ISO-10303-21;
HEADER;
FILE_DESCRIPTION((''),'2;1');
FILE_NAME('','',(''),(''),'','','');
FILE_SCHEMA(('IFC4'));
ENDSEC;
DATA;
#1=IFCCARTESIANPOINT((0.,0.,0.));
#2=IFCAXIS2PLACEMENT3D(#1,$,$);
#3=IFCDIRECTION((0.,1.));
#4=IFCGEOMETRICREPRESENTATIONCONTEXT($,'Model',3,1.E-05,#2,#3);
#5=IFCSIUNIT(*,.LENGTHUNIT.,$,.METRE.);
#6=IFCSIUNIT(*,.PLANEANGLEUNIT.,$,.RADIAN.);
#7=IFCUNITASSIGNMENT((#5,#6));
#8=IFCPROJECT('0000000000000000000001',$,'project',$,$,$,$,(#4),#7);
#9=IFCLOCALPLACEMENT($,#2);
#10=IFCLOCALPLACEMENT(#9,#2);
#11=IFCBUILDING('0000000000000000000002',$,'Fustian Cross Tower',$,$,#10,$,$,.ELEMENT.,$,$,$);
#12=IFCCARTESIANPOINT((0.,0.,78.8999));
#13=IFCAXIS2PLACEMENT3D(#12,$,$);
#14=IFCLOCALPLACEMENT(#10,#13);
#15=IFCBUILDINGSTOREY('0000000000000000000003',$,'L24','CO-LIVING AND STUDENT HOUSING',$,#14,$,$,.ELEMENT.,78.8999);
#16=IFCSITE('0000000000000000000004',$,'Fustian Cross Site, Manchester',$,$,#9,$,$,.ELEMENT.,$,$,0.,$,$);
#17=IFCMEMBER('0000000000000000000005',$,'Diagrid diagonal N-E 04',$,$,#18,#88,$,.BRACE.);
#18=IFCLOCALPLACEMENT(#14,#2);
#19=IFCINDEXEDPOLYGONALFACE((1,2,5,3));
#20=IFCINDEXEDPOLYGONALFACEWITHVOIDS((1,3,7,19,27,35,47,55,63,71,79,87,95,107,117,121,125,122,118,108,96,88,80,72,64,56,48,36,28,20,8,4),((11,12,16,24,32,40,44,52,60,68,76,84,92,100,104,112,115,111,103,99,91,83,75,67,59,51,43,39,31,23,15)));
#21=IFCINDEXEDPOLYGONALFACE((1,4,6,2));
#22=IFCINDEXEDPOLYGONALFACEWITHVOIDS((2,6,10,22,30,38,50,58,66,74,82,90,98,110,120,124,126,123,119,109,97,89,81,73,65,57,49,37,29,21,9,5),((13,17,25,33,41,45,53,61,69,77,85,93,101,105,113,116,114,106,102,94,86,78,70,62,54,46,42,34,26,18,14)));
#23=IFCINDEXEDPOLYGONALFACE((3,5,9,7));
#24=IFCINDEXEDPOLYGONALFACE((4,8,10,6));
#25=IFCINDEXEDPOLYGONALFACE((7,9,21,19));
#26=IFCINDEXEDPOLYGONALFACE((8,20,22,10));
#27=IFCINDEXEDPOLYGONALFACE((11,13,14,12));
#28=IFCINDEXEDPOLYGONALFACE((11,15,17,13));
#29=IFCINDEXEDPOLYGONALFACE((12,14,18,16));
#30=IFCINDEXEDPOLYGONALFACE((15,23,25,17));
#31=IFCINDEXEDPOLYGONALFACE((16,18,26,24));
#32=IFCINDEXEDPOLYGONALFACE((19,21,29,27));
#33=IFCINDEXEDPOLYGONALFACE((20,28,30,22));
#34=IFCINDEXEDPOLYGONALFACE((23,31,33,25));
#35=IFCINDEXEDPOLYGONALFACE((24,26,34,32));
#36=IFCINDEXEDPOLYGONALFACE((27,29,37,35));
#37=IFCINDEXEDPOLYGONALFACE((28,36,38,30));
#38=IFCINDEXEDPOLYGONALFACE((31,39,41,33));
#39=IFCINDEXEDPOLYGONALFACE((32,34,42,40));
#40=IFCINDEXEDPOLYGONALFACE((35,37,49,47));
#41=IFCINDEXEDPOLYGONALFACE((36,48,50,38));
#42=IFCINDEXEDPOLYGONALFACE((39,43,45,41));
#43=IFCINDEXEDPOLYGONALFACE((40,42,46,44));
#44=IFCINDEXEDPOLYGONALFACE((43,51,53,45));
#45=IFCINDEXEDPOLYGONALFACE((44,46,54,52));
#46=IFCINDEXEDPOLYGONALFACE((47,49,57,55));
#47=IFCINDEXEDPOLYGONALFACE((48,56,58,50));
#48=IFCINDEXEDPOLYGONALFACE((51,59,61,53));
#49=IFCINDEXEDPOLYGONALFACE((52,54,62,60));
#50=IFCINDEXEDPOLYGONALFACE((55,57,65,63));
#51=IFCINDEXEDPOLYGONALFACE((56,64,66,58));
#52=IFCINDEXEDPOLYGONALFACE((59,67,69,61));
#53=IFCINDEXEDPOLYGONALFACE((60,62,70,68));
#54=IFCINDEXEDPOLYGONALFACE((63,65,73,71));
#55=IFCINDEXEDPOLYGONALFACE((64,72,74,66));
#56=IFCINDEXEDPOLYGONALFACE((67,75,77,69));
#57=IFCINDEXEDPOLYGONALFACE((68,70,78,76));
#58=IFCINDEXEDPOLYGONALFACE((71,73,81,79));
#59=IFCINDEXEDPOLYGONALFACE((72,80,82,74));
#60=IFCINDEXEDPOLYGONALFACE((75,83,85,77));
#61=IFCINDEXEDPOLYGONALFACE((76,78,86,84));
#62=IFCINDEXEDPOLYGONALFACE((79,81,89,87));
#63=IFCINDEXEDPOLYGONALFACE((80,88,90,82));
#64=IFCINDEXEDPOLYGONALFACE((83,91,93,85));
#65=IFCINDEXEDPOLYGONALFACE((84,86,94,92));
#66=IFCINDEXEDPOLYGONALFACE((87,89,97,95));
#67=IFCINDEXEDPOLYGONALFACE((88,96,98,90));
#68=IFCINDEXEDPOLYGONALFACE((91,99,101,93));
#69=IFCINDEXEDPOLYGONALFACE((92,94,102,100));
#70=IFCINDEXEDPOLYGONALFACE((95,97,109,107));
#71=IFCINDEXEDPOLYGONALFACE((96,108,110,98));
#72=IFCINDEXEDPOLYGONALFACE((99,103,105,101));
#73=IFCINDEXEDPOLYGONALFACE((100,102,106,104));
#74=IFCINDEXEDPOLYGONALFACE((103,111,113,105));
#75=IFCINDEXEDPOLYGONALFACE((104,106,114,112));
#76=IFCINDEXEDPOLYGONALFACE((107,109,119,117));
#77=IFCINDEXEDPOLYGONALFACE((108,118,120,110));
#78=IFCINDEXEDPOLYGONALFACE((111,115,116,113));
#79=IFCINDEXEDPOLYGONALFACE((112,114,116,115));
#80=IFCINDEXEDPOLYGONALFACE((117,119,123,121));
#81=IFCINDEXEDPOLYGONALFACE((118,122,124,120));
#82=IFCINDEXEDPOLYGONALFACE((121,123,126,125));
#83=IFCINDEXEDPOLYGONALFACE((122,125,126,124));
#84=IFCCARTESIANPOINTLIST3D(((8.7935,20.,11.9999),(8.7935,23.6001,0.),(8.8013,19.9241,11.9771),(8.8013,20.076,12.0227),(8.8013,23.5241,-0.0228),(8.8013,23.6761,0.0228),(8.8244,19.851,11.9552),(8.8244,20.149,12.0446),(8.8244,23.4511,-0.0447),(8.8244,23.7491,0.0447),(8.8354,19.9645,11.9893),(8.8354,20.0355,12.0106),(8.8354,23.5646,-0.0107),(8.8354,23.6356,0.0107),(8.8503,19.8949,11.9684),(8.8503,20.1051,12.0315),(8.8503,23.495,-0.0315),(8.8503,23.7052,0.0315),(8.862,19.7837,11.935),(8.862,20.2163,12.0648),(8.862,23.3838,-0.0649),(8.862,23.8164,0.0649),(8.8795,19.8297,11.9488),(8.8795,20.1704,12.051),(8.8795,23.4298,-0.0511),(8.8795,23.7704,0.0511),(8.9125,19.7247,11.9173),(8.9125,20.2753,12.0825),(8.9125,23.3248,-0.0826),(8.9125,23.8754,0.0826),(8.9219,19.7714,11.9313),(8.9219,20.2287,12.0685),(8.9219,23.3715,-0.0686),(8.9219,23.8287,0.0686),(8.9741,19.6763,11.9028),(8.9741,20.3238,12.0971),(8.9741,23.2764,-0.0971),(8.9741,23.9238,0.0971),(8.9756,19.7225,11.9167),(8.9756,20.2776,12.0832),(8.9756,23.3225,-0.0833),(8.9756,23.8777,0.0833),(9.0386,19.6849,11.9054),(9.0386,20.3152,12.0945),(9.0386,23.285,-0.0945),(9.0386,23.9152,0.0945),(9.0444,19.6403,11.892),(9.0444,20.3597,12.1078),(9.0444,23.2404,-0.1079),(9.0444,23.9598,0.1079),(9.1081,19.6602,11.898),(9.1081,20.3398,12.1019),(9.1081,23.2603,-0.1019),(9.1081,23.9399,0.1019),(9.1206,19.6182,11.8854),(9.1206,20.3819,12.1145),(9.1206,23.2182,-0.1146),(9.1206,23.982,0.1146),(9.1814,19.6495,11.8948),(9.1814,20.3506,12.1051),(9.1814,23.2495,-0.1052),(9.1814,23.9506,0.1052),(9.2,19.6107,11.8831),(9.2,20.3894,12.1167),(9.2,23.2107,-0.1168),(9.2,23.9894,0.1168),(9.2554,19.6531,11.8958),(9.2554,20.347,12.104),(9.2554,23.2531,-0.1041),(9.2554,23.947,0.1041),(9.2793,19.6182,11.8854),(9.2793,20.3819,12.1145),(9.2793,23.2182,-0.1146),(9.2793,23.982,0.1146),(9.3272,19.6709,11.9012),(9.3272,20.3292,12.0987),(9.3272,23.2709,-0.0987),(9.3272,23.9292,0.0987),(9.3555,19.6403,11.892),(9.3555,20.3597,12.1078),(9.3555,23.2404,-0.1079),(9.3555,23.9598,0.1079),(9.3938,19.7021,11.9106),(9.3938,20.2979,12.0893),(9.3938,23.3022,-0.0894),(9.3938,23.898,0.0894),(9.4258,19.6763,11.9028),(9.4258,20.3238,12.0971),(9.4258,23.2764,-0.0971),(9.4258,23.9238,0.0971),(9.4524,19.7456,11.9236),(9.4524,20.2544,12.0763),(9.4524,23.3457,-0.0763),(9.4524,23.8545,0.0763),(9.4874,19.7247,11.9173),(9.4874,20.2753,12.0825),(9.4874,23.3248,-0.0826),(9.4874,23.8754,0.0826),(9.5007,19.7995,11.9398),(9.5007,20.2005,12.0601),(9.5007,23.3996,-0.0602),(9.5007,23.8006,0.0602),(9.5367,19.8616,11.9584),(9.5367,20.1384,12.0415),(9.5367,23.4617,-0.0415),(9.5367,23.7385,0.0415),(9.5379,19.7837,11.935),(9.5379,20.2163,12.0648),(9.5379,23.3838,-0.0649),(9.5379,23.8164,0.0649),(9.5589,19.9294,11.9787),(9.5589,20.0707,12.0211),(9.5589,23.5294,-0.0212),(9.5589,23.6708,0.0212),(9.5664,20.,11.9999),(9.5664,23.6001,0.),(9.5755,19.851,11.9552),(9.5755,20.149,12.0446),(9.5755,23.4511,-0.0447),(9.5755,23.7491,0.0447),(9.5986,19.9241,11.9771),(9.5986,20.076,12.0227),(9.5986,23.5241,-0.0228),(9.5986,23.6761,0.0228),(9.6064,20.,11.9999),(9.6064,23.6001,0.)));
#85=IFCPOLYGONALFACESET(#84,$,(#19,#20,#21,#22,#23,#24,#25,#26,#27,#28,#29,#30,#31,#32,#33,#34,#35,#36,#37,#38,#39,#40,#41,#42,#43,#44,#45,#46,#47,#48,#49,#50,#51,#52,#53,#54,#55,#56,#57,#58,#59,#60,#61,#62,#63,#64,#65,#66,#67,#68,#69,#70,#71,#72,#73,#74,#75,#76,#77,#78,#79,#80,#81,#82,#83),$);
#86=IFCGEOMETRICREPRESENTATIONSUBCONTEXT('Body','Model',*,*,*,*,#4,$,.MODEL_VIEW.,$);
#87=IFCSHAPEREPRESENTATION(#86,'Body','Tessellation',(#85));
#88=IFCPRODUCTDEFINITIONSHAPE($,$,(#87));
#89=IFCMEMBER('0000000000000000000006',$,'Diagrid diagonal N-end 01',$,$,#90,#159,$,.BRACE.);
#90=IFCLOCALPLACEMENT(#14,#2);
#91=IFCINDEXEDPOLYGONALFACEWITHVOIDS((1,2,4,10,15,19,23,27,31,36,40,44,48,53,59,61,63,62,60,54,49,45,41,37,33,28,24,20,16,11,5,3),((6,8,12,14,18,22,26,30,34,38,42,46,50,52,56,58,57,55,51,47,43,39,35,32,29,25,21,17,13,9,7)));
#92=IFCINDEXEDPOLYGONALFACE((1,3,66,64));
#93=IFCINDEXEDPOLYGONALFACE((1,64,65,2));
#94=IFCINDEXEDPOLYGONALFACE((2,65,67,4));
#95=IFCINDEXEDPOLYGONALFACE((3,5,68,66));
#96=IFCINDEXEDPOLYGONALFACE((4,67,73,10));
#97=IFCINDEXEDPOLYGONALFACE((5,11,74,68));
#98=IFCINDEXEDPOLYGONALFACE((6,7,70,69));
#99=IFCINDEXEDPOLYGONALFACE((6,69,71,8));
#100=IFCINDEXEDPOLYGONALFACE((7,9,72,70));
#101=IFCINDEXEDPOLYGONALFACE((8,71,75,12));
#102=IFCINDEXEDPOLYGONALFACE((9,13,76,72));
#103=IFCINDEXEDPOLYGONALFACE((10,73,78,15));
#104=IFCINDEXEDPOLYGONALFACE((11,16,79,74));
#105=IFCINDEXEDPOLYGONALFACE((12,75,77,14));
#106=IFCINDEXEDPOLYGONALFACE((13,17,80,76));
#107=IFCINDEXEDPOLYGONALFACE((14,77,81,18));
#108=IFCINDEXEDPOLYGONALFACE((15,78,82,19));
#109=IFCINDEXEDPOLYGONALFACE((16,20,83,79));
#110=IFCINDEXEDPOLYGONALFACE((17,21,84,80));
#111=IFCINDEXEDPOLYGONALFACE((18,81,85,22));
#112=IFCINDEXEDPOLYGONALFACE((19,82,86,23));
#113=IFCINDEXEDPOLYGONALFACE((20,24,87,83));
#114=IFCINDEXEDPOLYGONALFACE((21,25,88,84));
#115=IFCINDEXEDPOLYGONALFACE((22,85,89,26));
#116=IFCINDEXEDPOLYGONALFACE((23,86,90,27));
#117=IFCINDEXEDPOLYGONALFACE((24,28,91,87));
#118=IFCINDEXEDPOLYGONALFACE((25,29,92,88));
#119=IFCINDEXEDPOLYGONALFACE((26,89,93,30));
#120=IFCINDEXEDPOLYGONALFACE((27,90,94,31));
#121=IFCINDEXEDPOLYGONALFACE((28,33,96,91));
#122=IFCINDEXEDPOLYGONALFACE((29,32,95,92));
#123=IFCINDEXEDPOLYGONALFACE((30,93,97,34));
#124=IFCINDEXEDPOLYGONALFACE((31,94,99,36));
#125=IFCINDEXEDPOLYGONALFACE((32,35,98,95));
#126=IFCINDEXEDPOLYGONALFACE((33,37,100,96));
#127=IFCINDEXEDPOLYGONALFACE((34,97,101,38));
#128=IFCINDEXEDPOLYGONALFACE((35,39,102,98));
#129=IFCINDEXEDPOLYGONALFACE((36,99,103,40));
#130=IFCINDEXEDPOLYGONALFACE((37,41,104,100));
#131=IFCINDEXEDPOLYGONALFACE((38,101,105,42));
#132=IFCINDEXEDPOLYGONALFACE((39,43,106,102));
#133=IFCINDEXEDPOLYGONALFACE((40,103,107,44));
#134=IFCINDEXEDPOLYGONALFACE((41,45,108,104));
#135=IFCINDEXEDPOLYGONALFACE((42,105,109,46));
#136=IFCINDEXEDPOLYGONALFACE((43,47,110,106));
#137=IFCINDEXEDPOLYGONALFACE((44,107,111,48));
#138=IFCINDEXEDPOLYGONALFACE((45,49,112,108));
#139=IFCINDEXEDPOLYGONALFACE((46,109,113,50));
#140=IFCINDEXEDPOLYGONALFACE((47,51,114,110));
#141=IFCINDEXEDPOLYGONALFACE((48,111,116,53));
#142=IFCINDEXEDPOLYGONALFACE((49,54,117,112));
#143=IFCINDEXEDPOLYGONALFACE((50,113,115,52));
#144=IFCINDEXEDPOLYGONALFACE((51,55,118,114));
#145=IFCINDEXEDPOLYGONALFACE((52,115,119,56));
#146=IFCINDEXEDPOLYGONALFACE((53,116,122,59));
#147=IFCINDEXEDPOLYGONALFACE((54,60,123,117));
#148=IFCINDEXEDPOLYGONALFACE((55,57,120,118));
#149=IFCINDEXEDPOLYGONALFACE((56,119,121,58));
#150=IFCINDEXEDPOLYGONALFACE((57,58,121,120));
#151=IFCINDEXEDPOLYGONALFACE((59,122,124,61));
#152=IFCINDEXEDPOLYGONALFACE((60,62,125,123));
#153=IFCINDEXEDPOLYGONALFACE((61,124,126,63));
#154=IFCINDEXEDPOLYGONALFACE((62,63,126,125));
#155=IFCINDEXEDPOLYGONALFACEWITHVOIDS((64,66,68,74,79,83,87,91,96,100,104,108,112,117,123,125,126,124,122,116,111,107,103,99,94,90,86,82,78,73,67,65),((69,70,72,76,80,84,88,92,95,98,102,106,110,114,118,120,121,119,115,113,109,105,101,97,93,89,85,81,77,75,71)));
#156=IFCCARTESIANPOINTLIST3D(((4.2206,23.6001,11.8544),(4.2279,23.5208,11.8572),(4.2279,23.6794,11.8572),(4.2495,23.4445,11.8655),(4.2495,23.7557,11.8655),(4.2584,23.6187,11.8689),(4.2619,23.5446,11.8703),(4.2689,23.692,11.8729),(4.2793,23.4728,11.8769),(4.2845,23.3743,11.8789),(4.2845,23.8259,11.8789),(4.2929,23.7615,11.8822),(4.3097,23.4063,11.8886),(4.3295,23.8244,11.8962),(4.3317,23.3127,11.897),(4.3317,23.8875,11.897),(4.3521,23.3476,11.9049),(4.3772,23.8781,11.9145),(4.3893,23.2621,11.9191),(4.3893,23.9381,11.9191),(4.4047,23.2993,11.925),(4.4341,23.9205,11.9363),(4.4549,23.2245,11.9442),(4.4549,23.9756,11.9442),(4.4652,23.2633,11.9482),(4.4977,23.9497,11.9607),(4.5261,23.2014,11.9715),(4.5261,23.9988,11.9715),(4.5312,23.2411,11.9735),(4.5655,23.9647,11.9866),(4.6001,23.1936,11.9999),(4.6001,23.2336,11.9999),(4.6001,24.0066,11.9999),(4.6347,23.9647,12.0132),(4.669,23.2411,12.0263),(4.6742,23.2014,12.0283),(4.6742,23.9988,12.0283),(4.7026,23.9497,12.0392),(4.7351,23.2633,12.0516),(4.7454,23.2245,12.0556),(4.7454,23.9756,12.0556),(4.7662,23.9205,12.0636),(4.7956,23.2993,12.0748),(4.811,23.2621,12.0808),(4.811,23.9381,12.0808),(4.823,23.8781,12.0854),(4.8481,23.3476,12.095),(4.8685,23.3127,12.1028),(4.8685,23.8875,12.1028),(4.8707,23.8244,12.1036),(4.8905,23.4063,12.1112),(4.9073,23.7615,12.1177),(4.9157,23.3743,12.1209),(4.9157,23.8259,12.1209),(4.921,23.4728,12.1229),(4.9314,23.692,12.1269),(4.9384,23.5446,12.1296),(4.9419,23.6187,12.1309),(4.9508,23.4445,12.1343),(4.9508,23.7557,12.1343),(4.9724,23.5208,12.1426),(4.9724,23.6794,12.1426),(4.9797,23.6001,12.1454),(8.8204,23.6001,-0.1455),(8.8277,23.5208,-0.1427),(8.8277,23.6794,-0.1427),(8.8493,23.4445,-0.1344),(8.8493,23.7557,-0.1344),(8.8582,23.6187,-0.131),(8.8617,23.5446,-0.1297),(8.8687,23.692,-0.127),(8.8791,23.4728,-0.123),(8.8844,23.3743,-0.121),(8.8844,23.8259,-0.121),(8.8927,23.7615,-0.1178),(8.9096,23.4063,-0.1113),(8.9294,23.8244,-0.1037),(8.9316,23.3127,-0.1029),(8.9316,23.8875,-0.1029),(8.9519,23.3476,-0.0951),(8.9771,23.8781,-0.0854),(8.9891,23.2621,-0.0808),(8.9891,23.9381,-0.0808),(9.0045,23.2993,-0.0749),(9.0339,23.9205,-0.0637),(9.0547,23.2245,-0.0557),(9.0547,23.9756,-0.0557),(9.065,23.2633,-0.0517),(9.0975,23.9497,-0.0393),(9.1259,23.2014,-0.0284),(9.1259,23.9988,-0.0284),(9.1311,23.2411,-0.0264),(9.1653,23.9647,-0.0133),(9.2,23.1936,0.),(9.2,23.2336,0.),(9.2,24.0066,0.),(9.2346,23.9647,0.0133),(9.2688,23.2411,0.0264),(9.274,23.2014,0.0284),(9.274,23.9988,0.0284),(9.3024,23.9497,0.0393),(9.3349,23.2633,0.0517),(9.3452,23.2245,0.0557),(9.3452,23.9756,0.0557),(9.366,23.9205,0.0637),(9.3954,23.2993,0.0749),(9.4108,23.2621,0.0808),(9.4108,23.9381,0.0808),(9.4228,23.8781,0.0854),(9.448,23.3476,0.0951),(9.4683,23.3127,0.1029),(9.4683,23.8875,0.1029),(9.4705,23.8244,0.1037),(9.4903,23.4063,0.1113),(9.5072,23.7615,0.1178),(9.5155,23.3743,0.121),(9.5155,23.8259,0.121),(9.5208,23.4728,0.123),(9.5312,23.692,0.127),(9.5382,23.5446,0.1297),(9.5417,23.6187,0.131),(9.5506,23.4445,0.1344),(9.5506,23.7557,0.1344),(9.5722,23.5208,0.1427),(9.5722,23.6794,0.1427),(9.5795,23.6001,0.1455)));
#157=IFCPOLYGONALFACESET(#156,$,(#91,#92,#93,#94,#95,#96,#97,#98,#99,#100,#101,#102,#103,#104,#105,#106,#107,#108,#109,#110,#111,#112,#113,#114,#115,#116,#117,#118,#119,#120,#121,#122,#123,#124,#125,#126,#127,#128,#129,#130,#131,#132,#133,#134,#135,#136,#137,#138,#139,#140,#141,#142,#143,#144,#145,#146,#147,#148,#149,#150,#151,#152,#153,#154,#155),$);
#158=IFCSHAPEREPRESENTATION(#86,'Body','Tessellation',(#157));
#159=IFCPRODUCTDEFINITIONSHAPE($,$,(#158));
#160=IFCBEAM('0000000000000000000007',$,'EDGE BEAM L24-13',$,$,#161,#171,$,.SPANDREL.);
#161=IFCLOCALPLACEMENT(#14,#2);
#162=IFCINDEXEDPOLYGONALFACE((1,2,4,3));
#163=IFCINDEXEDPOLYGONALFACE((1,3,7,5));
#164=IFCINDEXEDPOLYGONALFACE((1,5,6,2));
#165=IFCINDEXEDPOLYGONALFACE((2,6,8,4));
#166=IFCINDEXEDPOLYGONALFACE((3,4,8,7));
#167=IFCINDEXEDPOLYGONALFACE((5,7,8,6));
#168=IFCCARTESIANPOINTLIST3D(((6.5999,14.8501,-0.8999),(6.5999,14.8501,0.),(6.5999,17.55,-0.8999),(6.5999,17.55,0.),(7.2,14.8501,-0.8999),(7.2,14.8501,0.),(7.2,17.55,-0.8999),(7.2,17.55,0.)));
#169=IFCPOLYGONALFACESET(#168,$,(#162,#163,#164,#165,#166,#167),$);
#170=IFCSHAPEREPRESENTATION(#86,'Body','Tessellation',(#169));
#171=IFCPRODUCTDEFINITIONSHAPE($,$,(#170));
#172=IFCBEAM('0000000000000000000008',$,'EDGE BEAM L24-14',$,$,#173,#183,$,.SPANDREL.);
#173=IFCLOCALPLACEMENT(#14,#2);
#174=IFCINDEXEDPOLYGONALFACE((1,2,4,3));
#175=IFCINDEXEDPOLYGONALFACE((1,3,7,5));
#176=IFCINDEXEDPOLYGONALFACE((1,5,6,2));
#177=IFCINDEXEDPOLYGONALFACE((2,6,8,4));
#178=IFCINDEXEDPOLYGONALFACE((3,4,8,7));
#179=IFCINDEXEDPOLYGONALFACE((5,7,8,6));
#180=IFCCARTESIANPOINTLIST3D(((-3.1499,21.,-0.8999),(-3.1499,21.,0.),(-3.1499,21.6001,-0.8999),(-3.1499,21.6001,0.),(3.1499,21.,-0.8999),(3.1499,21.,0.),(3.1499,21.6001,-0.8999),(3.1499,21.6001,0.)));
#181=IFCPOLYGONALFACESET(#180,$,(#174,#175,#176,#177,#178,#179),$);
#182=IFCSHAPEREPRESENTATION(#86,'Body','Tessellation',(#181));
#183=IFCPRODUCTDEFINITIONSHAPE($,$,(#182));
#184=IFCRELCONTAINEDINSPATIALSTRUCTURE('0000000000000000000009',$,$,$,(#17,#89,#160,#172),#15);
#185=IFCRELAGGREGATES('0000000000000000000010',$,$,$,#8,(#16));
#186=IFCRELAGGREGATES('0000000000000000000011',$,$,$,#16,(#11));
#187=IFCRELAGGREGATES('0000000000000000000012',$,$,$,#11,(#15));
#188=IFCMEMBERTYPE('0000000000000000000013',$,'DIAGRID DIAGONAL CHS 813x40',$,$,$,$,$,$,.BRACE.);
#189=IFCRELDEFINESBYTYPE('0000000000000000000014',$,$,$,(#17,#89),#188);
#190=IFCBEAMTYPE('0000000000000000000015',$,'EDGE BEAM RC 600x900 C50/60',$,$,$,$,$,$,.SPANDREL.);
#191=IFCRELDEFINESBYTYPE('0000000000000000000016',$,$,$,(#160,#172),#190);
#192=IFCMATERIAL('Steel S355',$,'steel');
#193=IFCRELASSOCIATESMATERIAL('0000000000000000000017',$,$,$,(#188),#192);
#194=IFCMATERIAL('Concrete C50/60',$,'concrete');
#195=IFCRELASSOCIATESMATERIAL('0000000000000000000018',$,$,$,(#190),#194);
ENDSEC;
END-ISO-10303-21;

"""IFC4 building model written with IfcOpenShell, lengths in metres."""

from ifc_helpers import new_model, si_unit, direction, frame, origin, origin_2d, place, context, subcontext, project, spatial, rectangle, hollow_circle, extrude, material, material_profile, profile_set, type_object, element, save


model = new_model("IFC4")

# Units and contexts
model_context = context("Model", 3, precision=1e-05, world=origin(), true_north=direction((0.0, 1.0)))
body_context = subcontext(model_context, "Body", "Model", "MODEL_VIEW")
ifc_project = project(units=[si_unit("LENGTHUNIT", "METRE"), si_unit("PLANEANGLEUNIT", "RADIAN")], contexts=[model_context])

# Site, building, storey
site_placement = place(None, origin())
site = spatial("IfcSite", under=ifc_project, at=site_placement, Name="Fustian Cross Site, Manchester", CompositionType="ELEMENT", RefElevation=0.0)
building_placement = place(site_placement, origin())
building = spatial("IfcBuilding", under=site, at=building_placement, Name="Fustian Cross Tower", CompositionType="ELEMENT")
storey_placement = place(building_placement, frame((0.0, 0.0, 78.8999)))
storey = spatial("IfcBuildingStorey", under=building, at=storey_placement, Name="L24", Description="CO-LIVING AND STUDENT HOUSING", CompositionType="ELEMENT", Elevation=78.8999)

# Members
ifc_material_1 = material(Name="Steel S355", Category="steel")
ifc_material_profile_1 = material_profile(ifc_material_1, hollow_circle(Radius=0.4065, WallThickness=0.04, at=origin_2d()), Name="CHS 813x40")
ifc_profile_set_1 = profile_set([ifc_material_profile_1], Name="Steel S355")
member_type_1 = type_object("IfcMemberType", Name="DIAGRID DIAGONAL CHS 813x40", PredefinedType="BRACE", material=ifc_profile_set_1)
member_1_placement = place(storey_placement, frame((9.2, 23.6001, 0.0), z_axis=(0.0, -0.287355, 0.957824), x_axis=(1.0, 0.0, 0.0)))
element("IfcMember", 1, at=member_1_placement, inside=storey, type_object=member_type_1, Name="Diagrid diagonal N-E 04", PredefinedType="BRACE", context=body_context, shape_type="SweptSolid", body=[
    extrude(hollow_circle(Radius=0.4065, WallThickness=0.04, at=origin_2d()), origin(), (0.0, 0.0, 1.0), 12.5283),
])
member_2_placement = place(storey_placement, frame((9.2, 23.6001, 0.0), z_axis=(-0.357926, 0.0, 0.93375), x_axis=(0.0, -1.0, 0.0)))
element("IfcMember", 2, at=member_2_placement, inside=storey, type_object=member_type_1, Name="Diagrid diagonal N-end 01", PredefinedType="BRACE", context=body_context, shape_type="SweptSolid", body=[
    extrude(hollow_circle(Radius=0.4065, WallThickness=0.04, at=origin_2d()), origin(), (0.0, 0.0, 1.0), 12.8513),
])

# Beams
ifc_material_2 = material(Name="Concrete C50/60", Category="concrete")
ifc_material_profile_2 = material_profile(ifc_material_2, rectangle(XDim=0.6001, YDim=0.8999, at=origin_2d()), Name="RC 600x900")
ifc_profile_set_2 = profile_set([ifc_material_profile_2], Name="Concrete C50/60")
beam_type = type_object("IfcBeamType", Name="EDGE BEAM RC 600x900 C50/60", PredefinedType="SPANDREL", material=ifc_profile_set_2)
beam_1_placement = place(storey_placement, frame((6.8999, 14.8501, -0.45), z_axis=(0.0, 1.0, 0.0), x_axis=(-1.0, 0.0, 0.0)))
element("IfcBeam", 3, at=beam_1_placement, inside=storey, type_object=beam_type, Name="EDGE BEAM L24-13", PredefinedType="SPANDREL", context=body_context, shape_type="SweptSolid", body=[
    extrude(rectangle(XDim=0.6001, YDim=0.8999, at=origin_2d()), origin(), (0.0, 0.0, 1.0), 2.7),
])
beam_2_placement = place(storey_placement, frame((3.1499, 21.3, -0.45), z_axis=(-1.0, 0.0, 0.0), x_axis=(0.0, -1.0, 0.0)))
element("IfcBeam", 4, at=beam_2_placement, inside=storey, type_object=beam_type, Name="EDGE BEAM L24-14", PredefinedType="SPANDREL", context=body_context, shape_type="SweptSolid", body=[
    extrude(rectangle(XDim=0.6001, YDim=0.8999, at=origin_2d()), origin(), (0.0, 0.0, 1.0), 6.2998),
])

save(model, "model.ifc")
